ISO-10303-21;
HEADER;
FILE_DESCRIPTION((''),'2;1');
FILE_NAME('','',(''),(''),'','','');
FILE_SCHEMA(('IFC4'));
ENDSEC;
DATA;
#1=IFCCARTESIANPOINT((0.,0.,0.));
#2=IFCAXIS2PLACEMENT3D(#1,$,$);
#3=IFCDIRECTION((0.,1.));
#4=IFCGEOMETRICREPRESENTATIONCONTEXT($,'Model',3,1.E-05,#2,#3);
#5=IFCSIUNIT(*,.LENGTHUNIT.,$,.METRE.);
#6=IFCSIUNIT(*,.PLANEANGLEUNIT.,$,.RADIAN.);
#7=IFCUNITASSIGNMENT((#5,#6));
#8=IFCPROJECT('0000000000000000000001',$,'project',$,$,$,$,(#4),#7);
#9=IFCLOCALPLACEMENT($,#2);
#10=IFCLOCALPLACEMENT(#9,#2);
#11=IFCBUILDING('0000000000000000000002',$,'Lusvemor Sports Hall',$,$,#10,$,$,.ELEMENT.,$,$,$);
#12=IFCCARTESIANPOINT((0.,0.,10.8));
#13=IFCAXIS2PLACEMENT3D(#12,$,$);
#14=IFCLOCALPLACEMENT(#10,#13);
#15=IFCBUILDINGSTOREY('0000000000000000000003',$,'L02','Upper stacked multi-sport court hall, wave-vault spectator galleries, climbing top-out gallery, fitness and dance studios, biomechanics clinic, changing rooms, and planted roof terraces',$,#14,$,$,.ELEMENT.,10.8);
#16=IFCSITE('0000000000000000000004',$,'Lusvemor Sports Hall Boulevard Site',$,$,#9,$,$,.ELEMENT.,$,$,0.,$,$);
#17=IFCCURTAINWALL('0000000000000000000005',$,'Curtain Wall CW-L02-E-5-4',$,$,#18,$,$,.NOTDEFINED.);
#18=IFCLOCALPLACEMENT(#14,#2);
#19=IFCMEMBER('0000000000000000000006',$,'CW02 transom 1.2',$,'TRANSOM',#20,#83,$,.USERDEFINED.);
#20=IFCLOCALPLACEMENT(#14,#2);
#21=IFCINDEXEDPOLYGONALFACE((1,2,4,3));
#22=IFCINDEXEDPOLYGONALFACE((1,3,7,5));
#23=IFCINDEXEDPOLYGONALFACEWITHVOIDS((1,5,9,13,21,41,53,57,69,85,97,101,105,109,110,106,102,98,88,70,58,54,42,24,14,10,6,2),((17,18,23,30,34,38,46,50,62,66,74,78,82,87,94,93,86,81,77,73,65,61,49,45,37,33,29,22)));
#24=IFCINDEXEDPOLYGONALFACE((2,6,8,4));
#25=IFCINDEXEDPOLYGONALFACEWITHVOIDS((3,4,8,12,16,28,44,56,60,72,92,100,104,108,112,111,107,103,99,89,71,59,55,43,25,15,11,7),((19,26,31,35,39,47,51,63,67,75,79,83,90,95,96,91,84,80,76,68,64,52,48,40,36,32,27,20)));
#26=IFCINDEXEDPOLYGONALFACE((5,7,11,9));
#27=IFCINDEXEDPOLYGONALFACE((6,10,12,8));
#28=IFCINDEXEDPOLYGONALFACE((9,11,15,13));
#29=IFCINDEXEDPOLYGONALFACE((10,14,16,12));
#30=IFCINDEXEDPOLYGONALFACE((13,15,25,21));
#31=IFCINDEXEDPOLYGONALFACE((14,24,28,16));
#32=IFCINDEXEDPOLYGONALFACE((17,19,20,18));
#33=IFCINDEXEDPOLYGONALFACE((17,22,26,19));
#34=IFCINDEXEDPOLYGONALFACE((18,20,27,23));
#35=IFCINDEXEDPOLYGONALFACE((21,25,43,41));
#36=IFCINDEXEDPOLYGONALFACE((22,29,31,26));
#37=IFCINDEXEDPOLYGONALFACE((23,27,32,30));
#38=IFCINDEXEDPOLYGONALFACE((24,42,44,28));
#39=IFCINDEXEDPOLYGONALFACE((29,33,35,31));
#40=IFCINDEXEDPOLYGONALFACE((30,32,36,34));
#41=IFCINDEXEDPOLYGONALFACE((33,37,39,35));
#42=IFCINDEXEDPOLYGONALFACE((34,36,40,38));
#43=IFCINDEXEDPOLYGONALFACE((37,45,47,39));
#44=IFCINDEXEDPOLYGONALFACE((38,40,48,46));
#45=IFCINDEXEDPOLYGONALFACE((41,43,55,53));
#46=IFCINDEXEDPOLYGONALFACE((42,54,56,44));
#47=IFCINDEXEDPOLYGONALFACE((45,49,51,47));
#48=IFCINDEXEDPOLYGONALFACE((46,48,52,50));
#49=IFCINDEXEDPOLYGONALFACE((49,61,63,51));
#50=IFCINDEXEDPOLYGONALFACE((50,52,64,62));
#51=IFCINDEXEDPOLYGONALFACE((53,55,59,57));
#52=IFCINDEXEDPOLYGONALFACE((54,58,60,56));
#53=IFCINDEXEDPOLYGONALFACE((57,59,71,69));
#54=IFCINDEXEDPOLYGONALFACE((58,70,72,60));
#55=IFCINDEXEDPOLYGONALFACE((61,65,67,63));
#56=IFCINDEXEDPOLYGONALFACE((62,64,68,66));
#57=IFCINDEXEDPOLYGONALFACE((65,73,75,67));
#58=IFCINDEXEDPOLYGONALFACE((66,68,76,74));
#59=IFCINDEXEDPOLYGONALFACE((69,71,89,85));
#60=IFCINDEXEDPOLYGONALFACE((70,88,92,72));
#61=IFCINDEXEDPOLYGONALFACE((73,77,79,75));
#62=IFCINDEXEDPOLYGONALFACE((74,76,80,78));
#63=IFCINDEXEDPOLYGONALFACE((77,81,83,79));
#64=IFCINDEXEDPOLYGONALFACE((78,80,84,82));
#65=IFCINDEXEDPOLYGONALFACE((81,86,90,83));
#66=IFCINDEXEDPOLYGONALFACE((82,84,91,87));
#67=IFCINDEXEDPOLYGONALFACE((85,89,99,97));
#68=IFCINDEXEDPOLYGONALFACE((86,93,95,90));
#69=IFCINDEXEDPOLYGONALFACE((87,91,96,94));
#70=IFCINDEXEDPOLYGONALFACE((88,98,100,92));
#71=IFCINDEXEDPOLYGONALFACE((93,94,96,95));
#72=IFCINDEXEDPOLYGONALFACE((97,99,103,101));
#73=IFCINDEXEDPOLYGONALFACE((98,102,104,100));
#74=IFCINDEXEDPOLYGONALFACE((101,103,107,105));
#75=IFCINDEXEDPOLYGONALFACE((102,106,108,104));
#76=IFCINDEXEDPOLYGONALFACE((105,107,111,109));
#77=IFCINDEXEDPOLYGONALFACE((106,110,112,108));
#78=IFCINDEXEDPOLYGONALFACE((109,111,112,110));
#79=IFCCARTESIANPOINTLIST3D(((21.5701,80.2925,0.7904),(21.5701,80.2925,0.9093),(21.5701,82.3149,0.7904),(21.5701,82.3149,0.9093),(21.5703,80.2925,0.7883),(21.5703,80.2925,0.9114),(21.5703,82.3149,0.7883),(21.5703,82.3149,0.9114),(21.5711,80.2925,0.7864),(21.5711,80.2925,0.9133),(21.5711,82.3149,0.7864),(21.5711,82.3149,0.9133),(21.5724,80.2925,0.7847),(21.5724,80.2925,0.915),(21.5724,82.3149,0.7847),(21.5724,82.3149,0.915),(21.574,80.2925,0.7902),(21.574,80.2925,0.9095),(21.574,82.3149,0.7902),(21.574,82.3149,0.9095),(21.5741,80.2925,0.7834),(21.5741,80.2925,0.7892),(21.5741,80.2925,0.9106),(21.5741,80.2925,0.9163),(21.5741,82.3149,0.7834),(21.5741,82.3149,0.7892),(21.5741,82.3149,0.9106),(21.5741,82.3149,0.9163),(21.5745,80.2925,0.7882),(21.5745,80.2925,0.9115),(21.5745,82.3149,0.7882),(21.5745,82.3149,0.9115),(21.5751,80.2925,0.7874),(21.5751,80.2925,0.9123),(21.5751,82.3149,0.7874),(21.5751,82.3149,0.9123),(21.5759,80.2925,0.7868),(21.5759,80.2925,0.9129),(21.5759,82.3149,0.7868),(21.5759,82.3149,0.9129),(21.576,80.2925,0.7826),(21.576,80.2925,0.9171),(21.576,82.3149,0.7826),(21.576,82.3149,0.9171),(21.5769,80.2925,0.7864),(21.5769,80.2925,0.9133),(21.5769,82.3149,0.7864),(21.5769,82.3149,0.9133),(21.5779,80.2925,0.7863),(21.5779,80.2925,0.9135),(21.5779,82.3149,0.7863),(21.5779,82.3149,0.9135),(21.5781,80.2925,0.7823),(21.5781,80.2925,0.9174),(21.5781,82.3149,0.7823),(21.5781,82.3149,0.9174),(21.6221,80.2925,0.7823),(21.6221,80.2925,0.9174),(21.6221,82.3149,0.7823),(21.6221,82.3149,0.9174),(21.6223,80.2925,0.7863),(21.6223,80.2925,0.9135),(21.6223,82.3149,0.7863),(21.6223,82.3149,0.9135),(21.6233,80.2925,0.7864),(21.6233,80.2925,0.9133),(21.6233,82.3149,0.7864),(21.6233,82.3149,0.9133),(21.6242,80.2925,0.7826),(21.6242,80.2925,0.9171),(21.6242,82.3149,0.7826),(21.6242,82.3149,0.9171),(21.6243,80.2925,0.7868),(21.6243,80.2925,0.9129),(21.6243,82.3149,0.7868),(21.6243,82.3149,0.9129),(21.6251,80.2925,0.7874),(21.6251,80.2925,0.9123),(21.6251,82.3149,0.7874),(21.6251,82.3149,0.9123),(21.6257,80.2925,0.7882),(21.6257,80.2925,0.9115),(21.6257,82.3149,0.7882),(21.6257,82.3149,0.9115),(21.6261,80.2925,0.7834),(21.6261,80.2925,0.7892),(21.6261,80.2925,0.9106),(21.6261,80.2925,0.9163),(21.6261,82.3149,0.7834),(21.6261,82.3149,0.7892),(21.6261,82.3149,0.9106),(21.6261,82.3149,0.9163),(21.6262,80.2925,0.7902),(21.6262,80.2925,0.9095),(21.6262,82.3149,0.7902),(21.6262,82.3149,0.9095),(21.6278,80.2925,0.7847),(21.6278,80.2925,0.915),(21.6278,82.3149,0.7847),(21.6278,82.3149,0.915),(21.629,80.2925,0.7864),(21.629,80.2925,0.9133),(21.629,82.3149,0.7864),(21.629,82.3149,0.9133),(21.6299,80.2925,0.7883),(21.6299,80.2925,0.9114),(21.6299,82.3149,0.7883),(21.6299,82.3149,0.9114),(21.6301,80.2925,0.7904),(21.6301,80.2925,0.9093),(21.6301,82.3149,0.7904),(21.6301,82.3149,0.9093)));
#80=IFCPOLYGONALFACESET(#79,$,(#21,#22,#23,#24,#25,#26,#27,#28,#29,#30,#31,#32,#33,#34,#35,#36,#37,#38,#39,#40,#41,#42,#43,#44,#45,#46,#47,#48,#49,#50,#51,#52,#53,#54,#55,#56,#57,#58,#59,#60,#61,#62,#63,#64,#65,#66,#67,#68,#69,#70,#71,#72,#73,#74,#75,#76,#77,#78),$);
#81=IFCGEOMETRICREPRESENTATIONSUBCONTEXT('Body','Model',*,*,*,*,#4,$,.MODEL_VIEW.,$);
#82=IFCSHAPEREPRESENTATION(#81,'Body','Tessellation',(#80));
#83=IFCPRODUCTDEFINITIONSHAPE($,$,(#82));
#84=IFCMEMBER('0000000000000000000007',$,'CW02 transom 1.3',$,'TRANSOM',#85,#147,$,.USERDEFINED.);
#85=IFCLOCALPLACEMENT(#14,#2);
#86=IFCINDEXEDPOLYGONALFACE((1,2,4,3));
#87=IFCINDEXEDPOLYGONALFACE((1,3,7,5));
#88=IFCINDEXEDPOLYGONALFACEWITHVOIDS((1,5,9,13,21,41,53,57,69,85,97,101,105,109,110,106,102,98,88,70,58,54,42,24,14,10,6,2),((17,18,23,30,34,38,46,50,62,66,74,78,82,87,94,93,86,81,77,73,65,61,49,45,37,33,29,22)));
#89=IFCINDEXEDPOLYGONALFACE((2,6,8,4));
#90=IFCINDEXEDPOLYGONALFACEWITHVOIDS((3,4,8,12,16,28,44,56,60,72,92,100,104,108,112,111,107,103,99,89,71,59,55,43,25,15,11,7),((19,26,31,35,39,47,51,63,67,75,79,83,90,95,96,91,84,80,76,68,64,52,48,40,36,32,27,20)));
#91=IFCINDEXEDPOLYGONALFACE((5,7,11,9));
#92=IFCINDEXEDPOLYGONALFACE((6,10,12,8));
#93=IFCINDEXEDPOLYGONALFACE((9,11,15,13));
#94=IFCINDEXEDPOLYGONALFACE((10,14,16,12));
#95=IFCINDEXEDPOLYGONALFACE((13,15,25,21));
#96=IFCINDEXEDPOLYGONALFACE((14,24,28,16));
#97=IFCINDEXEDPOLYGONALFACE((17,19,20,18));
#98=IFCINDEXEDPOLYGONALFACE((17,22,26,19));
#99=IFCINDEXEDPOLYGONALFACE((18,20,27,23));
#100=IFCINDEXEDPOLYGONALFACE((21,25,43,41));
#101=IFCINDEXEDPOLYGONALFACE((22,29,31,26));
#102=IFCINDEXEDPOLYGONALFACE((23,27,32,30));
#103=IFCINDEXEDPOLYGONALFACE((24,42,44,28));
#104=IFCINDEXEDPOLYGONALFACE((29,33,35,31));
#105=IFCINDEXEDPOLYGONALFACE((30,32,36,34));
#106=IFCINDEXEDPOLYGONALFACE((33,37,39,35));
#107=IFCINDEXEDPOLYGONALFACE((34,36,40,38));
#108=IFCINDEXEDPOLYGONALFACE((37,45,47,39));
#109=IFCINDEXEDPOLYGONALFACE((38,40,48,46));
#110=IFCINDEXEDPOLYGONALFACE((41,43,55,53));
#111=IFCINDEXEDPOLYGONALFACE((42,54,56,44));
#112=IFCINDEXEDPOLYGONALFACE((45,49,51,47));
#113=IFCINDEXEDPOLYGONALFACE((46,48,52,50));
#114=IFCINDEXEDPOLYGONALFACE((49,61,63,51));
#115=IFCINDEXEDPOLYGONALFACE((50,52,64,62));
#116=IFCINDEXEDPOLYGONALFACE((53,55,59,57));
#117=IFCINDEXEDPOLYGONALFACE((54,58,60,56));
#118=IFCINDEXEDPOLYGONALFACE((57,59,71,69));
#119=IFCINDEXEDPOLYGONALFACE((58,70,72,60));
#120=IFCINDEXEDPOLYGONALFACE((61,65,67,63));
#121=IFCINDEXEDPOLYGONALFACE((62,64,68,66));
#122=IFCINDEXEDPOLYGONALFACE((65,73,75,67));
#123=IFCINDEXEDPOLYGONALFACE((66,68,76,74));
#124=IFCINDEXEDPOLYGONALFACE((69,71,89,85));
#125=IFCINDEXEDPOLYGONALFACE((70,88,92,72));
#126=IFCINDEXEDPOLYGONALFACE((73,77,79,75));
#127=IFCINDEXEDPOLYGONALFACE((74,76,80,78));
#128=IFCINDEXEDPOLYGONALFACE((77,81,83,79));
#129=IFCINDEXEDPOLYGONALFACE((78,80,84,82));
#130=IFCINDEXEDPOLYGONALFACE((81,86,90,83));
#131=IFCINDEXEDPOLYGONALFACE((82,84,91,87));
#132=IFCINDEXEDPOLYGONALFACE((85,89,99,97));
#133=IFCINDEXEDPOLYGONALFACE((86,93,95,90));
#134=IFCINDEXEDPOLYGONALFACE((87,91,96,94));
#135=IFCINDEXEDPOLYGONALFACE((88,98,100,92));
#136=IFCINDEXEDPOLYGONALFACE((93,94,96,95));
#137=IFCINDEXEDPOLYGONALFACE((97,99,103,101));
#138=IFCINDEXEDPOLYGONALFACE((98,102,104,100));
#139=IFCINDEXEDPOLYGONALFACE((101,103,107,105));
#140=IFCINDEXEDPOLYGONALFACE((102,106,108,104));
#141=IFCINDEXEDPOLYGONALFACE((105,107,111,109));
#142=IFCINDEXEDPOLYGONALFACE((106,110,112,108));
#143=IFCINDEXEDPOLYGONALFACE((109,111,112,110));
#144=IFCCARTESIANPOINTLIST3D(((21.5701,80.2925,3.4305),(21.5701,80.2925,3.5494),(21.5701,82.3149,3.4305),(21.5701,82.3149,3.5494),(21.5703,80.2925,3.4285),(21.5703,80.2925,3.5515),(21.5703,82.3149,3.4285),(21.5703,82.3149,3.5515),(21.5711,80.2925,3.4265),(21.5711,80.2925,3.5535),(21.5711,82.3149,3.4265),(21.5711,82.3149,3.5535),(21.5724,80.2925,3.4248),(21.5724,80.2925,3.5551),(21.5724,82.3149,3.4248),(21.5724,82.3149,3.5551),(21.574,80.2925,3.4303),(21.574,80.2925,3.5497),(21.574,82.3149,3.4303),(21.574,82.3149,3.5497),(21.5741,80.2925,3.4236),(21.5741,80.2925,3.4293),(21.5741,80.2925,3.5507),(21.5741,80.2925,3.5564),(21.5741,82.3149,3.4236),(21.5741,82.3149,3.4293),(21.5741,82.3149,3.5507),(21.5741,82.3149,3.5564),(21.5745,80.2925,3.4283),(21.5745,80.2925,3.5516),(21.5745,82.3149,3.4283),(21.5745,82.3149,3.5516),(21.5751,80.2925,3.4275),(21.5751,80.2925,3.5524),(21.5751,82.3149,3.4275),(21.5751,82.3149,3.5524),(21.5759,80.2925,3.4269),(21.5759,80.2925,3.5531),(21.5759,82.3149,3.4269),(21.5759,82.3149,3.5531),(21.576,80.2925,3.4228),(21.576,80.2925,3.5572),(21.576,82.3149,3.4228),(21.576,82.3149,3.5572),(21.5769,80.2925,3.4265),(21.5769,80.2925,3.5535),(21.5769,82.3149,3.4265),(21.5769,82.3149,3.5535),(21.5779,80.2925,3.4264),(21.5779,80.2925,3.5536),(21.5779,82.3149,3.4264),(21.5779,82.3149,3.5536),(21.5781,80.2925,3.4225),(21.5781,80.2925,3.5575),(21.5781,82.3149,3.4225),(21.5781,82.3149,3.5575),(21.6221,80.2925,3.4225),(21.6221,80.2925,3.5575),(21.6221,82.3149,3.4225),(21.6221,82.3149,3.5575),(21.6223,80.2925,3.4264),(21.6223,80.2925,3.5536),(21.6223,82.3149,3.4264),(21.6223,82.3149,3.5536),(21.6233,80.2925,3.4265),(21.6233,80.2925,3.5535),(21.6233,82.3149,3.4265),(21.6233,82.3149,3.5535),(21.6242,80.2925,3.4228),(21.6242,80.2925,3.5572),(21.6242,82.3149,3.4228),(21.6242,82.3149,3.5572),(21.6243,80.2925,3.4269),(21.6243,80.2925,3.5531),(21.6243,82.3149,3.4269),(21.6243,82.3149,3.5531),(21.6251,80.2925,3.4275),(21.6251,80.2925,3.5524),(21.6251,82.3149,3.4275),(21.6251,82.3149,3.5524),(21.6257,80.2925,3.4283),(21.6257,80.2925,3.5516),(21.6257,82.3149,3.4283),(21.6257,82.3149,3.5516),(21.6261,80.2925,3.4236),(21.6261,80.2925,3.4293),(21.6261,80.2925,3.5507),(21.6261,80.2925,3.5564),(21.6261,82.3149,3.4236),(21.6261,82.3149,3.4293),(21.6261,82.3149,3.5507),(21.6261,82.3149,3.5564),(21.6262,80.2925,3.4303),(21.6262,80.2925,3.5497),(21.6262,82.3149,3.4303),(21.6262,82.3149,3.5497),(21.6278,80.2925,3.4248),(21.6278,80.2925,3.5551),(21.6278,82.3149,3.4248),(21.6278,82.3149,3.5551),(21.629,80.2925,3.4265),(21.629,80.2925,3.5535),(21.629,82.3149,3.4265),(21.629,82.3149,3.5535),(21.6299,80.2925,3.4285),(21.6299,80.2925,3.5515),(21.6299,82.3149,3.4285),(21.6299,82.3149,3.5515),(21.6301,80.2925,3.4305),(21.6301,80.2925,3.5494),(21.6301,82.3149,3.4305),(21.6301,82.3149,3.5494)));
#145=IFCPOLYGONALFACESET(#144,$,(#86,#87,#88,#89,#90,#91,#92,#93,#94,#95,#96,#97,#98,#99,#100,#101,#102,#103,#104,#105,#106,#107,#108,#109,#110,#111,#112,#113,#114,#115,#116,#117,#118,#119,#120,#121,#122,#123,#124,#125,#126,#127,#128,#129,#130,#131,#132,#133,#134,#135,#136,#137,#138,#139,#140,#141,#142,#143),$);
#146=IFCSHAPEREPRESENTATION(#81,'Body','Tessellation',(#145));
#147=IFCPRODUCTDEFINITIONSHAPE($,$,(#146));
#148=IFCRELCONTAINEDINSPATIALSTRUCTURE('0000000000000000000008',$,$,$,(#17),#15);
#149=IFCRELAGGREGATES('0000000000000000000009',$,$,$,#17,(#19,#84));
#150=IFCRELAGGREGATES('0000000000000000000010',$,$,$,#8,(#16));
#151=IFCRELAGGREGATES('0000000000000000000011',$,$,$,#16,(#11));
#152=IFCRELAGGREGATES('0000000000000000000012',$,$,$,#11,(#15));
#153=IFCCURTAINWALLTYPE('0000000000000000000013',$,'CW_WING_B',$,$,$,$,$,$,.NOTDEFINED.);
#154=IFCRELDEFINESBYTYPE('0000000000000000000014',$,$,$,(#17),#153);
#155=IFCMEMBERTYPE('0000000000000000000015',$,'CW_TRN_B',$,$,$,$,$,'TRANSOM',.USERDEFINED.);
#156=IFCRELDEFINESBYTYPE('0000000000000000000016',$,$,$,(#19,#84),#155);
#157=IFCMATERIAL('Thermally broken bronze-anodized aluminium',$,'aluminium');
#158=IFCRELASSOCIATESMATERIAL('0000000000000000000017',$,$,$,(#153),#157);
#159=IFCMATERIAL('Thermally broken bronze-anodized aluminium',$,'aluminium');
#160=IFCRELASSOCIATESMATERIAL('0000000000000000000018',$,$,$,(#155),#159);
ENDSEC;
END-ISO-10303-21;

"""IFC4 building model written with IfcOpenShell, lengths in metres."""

from ifc_helpers import new_model, si_unit, direction, frame, origin, origin_2d, place, context, subcontext, project, spatial, hollow_rectangle, extrude, material, material_profile, profile_set, type_object, element, aggregate, save


model = new_model("IFC4")

# Units and contexts
model_context = context("Model", 3, precision=1e-05, world=origin(), true_north=direction((0.0, 1.0)))
body_context = subcontext(model_context, "Body", "Model", "MODEL_VIEW")
ifc_project = project(units=[si_unit("LENGTHUNIT", "METRE"), si_unit("PLANEANGLEUNIT", "RADIAN")], contexts=[model_context])

# Site, building, storey
site_placement = place(None, origin())
site = spatial("IfcSite", under=ifc_project, at=site_placement, Name="Lusvemor Sports Hall Boulevard Site", CompositionType="ELEMENT", RefElevation=0.0)
building_placement = place(site_placement, origin())
building = spatial("IfcBuilding", under=site, at=building_placement, Name="Lusvemor Sports Hall", CompositionType="ELEMENT")
storey_placement = place(building_placement, frame((0.0, 0.0, 10.8)))
storey = spatial("IfcBuildingStorey", under=building, at=storey_placement, Name="L02", Description="Upper stacked multi-sport court hall, wave-vault spectator galleries, climbing top-out gallery, fitness and dance studios, biomechanics clinic, changing rooms, and planted roof terraces", CompositionType="ELEMENT", Elevation=10.8)

# Curtain wall, members
ifc_material_1 = material(Name="Thermally broken bronze-anodized aluminium", Category="aluminium")
curtain_wall_type = type_object("IfcCurtainWallType", Name="CW_WING_B", PredefinedType="NOTDEFINED", material=ifc_material_1)
curtain_wall_placement = place(storey_placement, origin())
curtain_wall = element("IfcCurtainWall", 1, at=curtain_wall_placement, inside=storey, type_object=curtain_wall_type, Name="Curtain Wall CW-L02-E-5-4", PredefinedType="NOTDEFINED")
ifc_material_2 = material(Name="Thermally broken bronze-anodized aluminium", Category="aluminium")
ifc_material_profile_1 = material_profile(ifc_material_2, hollow_rectangle(XDim=0.0601, YDim=0.135, WallThickness=0.0039, InnerFilletRadius=0.0039, OuterFilletRadius=0.0081, at=origin_2d()), Name="CWTRN135x60x4")
ifc_profile_set_1 = profile_set([ifc_material_profile_1], Name="Thermally broken bronze-anodized aluminium")
member_type_1 = type_object("IfcMemberType", Name="CW_TRN_B", ElementType="TRANSOM", PredefinedType="USERDEFINED", material=ifc_profile_set_1)
member_1_placement = place(storey_placement, frame((21.6001, 82.3149, 0.8499), z_axis=(0.0, -1.0, 0.0), x_axis=(1.0, 0.0, 0.0)))
member_1 = element("IfcMember", 2, at=member_1_placement, type_object=member_type_1, Name="CW02 transom 1.2", ObjectType="TRANSOM", PredefinedType="USERDEFINED", context=body_context, shape_type="SweptSolid", body=[
    extrude(hollow_rectangle(XDim=0.0601, YDim=0.135, WallThickness=0.0039, InnerFilletRadius=0.0039, OuterFilletRadius=0.0081, at=origin_2d()), origin(), (0.0, 0.0, 1.0), 2.0225),
])
member_2_placement = place(storey_placement, frame((21.6001, 82.3149, 3.49), z_axis=(0.0, -1.0, 0.0), x_axis=(1.0, 0.0, 0.0)))
member_2 = element("IfcMember", 3, at=member_2_placement, type_object=member_type_1, Name="CW02 transom 1.3", ObjectType="TRANSOM", PredefinedType="USERDEFINED", context=body_context, shape_type="SweptSolid", body=[
    extrude(hollow_rectangle(XDim=0.0601, YDim=0.135, WallThickness=0.0039, InnerFilletRadius=0.0039, OuterFilletRadius=0.0081, at=origin_2d()), origin(), (0.0, 0.0, 1.0), 2.0225),
])

aggregate(curtain_wall, [member_1, member_2])

save(model, "model.ifc")
